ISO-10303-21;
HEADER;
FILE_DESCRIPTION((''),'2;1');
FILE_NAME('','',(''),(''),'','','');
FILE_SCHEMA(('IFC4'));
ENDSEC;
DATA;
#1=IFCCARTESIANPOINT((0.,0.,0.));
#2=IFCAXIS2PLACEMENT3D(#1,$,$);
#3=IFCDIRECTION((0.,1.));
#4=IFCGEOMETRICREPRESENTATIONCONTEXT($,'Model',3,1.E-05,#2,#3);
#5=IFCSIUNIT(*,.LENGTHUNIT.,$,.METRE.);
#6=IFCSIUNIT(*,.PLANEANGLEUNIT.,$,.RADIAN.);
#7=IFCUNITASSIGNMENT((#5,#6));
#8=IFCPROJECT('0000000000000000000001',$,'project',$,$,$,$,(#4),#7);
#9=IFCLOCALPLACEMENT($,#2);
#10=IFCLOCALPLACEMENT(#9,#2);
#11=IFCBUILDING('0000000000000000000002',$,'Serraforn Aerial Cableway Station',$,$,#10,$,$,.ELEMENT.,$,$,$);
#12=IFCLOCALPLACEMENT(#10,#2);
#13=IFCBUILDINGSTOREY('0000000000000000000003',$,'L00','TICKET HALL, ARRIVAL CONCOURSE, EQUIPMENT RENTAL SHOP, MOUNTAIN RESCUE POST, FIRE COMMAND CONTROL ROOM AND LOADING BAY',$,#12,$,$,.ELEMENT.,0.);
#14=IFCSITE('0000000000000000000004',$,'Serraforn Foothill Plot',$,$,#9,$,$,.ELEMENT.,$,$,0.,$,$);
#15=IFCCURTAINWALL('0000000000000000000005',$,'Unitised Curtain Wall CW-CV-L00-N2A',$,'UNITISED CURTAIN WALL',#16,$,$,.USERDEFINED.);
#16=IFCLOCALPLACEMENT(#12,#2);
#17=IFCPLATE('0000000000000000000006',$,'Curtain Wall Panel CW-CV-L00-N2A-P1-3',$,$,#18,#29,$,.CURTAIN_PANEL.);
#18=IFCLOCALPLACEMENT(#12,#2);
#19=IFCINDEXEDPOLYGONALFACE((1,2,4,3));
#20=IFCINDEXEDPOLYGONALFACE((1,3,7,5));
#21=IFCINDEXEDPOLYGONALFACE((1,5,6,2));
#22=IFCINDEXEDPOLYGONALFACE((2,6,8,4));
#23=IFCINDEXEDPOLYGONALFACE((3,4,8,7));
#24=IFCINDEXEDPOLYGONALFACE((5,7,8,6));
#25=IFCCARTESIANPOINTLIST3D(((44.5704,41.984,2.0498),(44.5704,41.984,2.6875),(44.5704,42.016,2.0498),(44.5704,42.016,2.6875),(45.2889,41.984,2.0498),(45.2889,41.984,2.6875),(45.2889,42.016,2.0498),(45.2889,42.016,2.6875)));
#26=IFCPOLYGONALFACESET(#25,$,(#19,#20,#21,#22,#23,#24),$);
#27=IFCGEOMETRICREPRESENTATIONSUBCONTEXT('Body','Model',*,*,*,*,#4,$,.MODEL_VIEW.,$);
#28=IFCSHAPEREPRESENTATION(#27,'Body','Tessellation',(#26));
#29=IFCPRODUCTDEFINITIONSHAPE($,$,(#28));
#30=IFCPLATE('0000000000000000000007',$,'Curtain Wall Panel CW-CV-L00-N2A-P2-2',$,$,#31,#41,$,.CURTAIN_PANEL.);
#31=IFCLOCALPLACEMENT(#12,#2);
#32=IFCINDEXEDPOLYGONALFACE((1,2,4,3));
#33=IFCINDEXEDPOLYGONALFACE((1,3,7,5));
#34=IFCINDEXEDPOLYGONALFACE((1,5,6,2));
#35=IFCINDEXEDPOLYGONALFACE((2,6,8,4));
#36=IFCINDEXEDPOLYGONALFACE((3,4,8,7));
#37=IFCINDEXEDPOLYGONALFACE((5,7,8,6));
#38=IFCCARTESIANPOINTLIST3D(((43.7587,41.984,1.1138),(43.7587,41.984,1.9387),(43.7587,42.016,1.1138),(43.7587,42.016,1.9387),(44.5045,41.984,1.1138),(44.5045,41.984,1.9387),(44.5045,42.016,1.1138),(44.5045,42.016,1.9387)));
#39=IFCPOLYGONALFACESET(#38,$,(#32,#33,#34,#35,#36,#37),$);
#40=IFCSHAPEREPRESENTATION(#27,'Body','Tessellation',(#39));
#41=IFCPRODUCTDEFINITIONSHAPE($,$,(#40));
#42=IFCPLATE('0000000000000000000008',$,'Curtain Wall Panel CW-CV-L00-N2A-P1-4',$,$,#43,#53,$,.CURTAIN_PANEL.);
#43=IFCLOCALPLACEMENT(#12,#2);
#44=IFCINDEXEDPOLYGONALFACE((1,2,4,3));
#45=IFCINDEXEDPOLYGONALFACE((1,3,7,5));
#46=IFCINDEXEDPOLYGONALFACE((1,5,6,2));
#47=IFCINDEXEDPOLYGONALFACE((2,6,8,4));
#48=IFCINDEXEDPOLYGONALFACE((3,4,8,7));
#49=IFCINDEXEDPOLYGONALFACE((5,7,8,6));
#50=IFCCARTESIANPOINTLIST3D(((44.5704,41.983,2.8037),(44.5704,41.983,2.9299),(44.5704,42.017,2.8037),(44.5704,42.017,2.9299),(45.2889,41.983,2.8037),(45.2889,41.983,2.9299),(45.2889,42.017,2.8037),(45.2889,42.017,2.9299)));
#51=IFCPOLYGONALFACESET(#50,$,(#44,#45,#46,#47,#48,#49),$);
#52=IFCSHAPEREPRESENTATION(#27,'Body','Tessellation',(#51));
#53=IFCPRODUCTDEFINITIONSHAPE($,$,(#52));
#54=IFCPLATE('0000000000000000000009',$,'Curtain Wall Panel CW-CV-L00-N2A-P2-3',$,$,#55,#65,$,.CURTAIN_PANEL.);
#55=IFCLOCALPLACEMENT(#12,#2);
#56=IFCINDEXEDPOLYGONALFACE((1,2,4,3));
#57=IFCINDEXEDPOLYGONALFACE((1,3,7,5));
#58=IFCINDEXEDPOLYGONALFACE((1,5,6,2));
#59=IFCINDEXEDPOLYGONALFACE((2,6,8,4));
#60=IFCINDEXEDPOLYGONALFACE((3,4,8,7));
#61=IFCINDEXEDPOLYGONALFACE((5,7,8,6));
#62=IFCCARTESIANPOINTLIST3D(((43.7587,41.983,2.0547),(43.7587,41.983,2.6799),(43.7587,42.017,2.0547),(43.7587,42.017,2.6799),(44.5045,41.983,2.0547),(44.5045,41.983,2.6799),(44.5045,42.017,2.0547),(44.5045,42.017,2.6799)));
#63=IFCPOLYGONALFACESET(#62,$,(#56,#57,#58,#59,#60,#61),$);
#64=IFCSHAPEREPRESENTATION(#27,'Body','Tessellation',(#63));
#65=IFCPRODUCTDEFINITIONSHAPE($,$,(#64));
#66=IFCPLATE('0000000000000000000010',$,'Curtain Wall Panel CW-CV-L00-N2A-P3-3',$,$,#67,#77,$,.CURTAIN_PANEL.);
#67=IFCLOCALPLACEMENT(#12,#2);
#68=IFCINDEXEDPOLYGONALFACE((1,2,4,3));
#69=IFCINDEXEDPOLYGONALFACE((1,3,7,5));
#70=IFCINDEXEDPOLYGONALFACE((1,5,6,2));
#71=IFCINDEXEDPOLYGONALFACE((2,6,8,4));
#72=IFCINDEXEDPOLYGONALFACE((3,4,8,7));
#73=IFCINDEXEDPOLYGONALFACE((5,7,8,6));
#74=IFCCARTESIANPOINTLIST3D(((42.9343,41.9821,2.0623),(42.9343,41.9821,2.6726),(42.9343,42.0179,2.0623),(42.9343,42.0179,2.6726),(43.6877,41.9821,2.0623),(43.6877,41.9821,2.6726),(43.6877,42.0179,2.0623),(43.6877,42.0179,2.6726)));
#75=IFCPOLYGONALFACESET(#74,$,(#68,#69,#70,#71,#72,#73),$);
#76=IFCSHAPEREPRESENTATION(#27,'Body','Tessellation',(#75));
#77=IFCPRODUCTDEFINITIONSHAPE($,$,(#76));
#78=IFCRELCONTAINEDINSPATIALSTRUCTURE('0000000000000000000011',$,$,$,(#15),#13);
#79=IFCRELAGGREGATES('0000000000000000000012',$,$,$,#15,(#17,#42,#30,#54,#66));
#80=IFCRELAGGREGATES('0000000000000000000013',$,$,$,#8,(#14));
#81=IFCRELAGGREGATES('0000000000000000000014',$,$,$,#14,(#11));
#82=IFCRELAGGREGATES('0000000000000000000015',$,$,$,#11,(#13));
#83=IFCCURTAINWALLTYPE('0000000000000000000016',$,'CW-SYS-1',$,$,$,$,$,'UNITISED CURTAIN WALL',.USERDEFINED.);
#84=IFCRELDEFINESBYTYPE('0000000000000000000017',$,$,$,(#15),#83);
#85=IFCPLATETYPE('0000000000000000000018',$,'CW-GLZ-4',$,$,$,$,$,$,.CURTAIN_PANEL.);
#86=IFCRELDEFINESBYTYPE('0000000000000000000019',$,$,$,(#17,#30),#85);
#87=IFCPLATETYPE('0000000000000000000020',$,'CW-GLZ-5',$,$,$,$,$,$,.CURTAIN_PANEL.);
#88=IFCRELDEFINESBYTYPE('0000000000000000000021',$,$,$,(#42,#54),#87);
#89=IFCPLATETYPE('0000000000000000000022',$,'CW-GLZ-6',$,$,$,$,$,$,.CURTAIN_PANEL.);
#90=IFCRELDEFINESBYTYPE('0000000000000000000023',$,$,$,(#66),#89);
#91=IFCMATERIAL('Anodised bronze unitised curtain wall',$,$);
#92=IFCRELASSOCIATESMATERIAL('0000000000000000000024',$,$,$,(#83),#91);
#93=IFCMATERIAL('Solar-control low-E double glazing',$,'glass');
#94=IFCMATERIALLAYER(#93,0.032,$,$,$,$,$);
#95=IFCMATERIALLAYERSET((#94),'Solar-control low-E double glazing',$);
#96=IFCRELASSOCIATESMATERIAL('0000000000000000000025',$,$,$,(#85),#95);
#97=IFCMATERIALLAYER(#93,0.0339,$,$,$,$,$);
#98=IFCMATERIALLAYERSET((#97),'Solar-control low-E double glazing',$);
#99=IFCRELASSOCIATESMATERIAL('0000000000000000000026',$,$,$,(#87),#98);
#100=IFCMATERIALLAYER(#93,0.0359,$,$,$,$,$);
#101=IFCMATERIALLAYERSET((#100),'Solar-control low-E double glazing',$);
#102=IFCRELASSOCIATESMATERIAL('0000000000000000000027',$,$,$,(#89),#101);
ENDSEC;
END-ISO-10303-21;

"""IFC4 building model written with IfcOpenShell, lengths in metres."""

from ifc_helpers import new_model, si_unit, direction, frame, origin, origin_2d, place, context, subcontext, project, spatial, rectangle, extrude, material, layer, layer_set, type_object, element, aggregate, save


model = new_model("IFC4")

# Units and contexts
model_context = context("Model", 3, precision=1e-05, world=origin(), true_north=direction((0.0, 1.0)))
body_context = subcontext(model_context, "Body", "Model", "MODEL_VIEW")
ifc_project = project(units=[si_unit("LENGTHUNIT", "METRE"), si_unit("PLANEANGLEUNIT", "RADIAN")], contexts=[model_context])

# Site, building, storey
site_placement = place(None, origin())
site = spatial("IfcSite", under=ifc_project, at=site_placement, Name="Serraforn Foothill Plot", CompositionType="ELEMENT", RefElevation=0.0)
building_placement = place(site_placement, origin())
building = spatial("IfcBuilding", under=site, at=building_placement, Name="Serraforn Aerial Cableway Station", CompositionType="ELEMENT")
storey_placement = place(building_placement, origin())
storey = spatial("IfcBuildingStorey", under=building, at=storey_placement, Name="L00", Description="TICKET HALL, ARRIVAL CONCOURSE, EQUIPMENT RENTAL SHOP, MOUNTAIN RESCUE POST, FIRE COMMAND CONTROL ROOM AND LOADING BAY", CompositionType="ELEMENT", Elevation=0.0)

# Curtain wall, plates
ifc_material_1 = material(Name="Anodised bronze unitised curtain wall")
curtain_wall_type = type_object("IfcCurtainWallType", Name="CW-SYS-1", ElementType="UNITISED CURTAIN WALL", PredefinedType="USERDEFINED", material=ifc_material_1)
curtain_wall_placement = place(storey_placement, origin())
curtain_wall = element("IfcCurtainWall", 1, at=curtain_wall_placement, inside=storey, type_object=curtain_wall_type, Name="Unitised Curtain Wall CW-CV-L00-N2A", ObjectType="UNITISED CURTAIN WALL", PredefinedType="USERDEFINED")
ifc_material_2 = material(Name="Solar-control low-E double glazing", Category="glass")
ifc_layer_1 = layer(ifc_material_2, 0.032)
ifc_layer_set_1 = layer_set([ifc_layer_1], Name="Solar-control low-E double glazing")
plate_type_1 = type_object("IfcPlateType", Name="CW-GLZ-4", PredefinedType="CURTAIN_PANEL", material=ifc_layer_set_1)
plate_1_placement = place(storey_placement, frame((44.9297, 42.0, 2.0498), z_axis=(0.0, 0.0, 1.0), x_axis=(1.0, 0.0, 0.0)))
plate_1 = element("IfcPlate", 2, at=plate_1_placement, type_object=plate_type_1, Name="Curtain Wall Panel CW-CV-L00-N2A-P1-3", PredefinedType="CURTAIN_PANEL", context=body_context, shape_type="SweptSolid", body=[
    extrude(rectangle(XDim=0.7185, YDim=0.032, at=origin_2d()), origin(), (0.0, 0.0, 1.0), 0.6377),
])
plate_2_placement = place(storey_placement, frame((44.1316, 42.0, 1.1138), z_axis=(0.0, 0.0, 1.0), x_axis=(1.0, 0.0, 0.0)))
plate_2 = element("IfcPlate", 3, at=plate_2_placement, type_object=plate_type_1, Name="Curtain Wall Panel CW-CV-L00-N2A-P2-2", PredefinedType="CURTAIN_PANEL", context=body_context, shape_type="SweptSolid", body=[
    extrude(rectangle(XDim=0.7458, YDim=0.032, at=origin_2d()), origin(), (0.0, 0.0, 1.0), 0.825),
])
ifc_layer_2 = layer(ifc_material_2, 0.0339)
ifc_layer_set_2 = layer_set([ifc_layer_2], Name="Solar-control low-E double glazing")
plate_type_2 = type_object("IfcPlateType", Name="CW-GLZ-5", PredefinedType="CURTAIN_PANEL", material=ifc_layer_set_2)
plate_3_placement = place(storey_placement, frame((44.9297, 42.0, 2.8037), z_axis=(0.0, 0.0, 1.0), x_axis=(1.0, 0.0, 0.0)))
plate_3 = element("IfcPlate", 4, at=plate_3_placement, type_object=plate_type_2, Name="Curtain Wall Panel CW-CV-L00-N2A-P1-4", PredefinedType="CURTAIN_PANEL", context=body_context, shape_type="SweptSolid", body=[
    extrude(rectangle(XDim=0.7185, YDim=0.0339, at=origin_2d()), origin(), (0.0, 0.0, 1.0), 0.1262),
])
plate_4_placement = place(storey_placement, frame((44.1316, 42.0, 2.0547), z_axis=(0.0, 0.0, 1.0), x_axis=(1.0, 0.0, 0.0)))
plate_4 = element("IfcPlate", 5, at=plate_4_placement, type_object=plate_type_2, Name="Curtain Wall Panel CW-CV-L00-N2A-P2-3", PredefinedType="CURTAIN_PANEL", context=body_context, shape_type="SweptSolid", body=[
    extrude(rectangle(XDim=0.7458, YDim=0.0339, at=origin_2d()), origin(), (0.0, 0.0, 1.0), 0.6252),
])
ifc_layer_3 = layer(ifc_material_2, 0.0359)
ifc_layer_set_3 = layer_set([ifc_layer_3], Name="Solar-control low-E double glazing")
plate_type_3 = type_object("IfcPlateType", Name="CW-GLZ-6", PredefinedType="CURTAIN_PANEL", material=ifc_layer_set_3)
plate_5_placement = place(storey_placement, frame((43.311, 42.0, 2.0623), z_axis=(0.0, 0.0, 1.0), x_axis=(1.0, 0.0, 0.0)))
plate_5 = element("IfcPlate", 6, at=plate_5_placement, type_object=plate_type_3, Name="Curtain Wall Panel CW-CV-L00-N2A-P3-3", PredefinedType="CURTAIN_PANEL", context=body_context, shape_type="SweptSolid", body=[
    extrude(rectangle(XDim=0.7534, YDim=0.0359, at=origin_2d()), origin(), (0.0, 0.0, 1.0), 0.6104),
])
aggregate(curtain_wall, [plate_1, plate_3, plate_2, plate_4, plate_5])

save(model, "model.ifc")
